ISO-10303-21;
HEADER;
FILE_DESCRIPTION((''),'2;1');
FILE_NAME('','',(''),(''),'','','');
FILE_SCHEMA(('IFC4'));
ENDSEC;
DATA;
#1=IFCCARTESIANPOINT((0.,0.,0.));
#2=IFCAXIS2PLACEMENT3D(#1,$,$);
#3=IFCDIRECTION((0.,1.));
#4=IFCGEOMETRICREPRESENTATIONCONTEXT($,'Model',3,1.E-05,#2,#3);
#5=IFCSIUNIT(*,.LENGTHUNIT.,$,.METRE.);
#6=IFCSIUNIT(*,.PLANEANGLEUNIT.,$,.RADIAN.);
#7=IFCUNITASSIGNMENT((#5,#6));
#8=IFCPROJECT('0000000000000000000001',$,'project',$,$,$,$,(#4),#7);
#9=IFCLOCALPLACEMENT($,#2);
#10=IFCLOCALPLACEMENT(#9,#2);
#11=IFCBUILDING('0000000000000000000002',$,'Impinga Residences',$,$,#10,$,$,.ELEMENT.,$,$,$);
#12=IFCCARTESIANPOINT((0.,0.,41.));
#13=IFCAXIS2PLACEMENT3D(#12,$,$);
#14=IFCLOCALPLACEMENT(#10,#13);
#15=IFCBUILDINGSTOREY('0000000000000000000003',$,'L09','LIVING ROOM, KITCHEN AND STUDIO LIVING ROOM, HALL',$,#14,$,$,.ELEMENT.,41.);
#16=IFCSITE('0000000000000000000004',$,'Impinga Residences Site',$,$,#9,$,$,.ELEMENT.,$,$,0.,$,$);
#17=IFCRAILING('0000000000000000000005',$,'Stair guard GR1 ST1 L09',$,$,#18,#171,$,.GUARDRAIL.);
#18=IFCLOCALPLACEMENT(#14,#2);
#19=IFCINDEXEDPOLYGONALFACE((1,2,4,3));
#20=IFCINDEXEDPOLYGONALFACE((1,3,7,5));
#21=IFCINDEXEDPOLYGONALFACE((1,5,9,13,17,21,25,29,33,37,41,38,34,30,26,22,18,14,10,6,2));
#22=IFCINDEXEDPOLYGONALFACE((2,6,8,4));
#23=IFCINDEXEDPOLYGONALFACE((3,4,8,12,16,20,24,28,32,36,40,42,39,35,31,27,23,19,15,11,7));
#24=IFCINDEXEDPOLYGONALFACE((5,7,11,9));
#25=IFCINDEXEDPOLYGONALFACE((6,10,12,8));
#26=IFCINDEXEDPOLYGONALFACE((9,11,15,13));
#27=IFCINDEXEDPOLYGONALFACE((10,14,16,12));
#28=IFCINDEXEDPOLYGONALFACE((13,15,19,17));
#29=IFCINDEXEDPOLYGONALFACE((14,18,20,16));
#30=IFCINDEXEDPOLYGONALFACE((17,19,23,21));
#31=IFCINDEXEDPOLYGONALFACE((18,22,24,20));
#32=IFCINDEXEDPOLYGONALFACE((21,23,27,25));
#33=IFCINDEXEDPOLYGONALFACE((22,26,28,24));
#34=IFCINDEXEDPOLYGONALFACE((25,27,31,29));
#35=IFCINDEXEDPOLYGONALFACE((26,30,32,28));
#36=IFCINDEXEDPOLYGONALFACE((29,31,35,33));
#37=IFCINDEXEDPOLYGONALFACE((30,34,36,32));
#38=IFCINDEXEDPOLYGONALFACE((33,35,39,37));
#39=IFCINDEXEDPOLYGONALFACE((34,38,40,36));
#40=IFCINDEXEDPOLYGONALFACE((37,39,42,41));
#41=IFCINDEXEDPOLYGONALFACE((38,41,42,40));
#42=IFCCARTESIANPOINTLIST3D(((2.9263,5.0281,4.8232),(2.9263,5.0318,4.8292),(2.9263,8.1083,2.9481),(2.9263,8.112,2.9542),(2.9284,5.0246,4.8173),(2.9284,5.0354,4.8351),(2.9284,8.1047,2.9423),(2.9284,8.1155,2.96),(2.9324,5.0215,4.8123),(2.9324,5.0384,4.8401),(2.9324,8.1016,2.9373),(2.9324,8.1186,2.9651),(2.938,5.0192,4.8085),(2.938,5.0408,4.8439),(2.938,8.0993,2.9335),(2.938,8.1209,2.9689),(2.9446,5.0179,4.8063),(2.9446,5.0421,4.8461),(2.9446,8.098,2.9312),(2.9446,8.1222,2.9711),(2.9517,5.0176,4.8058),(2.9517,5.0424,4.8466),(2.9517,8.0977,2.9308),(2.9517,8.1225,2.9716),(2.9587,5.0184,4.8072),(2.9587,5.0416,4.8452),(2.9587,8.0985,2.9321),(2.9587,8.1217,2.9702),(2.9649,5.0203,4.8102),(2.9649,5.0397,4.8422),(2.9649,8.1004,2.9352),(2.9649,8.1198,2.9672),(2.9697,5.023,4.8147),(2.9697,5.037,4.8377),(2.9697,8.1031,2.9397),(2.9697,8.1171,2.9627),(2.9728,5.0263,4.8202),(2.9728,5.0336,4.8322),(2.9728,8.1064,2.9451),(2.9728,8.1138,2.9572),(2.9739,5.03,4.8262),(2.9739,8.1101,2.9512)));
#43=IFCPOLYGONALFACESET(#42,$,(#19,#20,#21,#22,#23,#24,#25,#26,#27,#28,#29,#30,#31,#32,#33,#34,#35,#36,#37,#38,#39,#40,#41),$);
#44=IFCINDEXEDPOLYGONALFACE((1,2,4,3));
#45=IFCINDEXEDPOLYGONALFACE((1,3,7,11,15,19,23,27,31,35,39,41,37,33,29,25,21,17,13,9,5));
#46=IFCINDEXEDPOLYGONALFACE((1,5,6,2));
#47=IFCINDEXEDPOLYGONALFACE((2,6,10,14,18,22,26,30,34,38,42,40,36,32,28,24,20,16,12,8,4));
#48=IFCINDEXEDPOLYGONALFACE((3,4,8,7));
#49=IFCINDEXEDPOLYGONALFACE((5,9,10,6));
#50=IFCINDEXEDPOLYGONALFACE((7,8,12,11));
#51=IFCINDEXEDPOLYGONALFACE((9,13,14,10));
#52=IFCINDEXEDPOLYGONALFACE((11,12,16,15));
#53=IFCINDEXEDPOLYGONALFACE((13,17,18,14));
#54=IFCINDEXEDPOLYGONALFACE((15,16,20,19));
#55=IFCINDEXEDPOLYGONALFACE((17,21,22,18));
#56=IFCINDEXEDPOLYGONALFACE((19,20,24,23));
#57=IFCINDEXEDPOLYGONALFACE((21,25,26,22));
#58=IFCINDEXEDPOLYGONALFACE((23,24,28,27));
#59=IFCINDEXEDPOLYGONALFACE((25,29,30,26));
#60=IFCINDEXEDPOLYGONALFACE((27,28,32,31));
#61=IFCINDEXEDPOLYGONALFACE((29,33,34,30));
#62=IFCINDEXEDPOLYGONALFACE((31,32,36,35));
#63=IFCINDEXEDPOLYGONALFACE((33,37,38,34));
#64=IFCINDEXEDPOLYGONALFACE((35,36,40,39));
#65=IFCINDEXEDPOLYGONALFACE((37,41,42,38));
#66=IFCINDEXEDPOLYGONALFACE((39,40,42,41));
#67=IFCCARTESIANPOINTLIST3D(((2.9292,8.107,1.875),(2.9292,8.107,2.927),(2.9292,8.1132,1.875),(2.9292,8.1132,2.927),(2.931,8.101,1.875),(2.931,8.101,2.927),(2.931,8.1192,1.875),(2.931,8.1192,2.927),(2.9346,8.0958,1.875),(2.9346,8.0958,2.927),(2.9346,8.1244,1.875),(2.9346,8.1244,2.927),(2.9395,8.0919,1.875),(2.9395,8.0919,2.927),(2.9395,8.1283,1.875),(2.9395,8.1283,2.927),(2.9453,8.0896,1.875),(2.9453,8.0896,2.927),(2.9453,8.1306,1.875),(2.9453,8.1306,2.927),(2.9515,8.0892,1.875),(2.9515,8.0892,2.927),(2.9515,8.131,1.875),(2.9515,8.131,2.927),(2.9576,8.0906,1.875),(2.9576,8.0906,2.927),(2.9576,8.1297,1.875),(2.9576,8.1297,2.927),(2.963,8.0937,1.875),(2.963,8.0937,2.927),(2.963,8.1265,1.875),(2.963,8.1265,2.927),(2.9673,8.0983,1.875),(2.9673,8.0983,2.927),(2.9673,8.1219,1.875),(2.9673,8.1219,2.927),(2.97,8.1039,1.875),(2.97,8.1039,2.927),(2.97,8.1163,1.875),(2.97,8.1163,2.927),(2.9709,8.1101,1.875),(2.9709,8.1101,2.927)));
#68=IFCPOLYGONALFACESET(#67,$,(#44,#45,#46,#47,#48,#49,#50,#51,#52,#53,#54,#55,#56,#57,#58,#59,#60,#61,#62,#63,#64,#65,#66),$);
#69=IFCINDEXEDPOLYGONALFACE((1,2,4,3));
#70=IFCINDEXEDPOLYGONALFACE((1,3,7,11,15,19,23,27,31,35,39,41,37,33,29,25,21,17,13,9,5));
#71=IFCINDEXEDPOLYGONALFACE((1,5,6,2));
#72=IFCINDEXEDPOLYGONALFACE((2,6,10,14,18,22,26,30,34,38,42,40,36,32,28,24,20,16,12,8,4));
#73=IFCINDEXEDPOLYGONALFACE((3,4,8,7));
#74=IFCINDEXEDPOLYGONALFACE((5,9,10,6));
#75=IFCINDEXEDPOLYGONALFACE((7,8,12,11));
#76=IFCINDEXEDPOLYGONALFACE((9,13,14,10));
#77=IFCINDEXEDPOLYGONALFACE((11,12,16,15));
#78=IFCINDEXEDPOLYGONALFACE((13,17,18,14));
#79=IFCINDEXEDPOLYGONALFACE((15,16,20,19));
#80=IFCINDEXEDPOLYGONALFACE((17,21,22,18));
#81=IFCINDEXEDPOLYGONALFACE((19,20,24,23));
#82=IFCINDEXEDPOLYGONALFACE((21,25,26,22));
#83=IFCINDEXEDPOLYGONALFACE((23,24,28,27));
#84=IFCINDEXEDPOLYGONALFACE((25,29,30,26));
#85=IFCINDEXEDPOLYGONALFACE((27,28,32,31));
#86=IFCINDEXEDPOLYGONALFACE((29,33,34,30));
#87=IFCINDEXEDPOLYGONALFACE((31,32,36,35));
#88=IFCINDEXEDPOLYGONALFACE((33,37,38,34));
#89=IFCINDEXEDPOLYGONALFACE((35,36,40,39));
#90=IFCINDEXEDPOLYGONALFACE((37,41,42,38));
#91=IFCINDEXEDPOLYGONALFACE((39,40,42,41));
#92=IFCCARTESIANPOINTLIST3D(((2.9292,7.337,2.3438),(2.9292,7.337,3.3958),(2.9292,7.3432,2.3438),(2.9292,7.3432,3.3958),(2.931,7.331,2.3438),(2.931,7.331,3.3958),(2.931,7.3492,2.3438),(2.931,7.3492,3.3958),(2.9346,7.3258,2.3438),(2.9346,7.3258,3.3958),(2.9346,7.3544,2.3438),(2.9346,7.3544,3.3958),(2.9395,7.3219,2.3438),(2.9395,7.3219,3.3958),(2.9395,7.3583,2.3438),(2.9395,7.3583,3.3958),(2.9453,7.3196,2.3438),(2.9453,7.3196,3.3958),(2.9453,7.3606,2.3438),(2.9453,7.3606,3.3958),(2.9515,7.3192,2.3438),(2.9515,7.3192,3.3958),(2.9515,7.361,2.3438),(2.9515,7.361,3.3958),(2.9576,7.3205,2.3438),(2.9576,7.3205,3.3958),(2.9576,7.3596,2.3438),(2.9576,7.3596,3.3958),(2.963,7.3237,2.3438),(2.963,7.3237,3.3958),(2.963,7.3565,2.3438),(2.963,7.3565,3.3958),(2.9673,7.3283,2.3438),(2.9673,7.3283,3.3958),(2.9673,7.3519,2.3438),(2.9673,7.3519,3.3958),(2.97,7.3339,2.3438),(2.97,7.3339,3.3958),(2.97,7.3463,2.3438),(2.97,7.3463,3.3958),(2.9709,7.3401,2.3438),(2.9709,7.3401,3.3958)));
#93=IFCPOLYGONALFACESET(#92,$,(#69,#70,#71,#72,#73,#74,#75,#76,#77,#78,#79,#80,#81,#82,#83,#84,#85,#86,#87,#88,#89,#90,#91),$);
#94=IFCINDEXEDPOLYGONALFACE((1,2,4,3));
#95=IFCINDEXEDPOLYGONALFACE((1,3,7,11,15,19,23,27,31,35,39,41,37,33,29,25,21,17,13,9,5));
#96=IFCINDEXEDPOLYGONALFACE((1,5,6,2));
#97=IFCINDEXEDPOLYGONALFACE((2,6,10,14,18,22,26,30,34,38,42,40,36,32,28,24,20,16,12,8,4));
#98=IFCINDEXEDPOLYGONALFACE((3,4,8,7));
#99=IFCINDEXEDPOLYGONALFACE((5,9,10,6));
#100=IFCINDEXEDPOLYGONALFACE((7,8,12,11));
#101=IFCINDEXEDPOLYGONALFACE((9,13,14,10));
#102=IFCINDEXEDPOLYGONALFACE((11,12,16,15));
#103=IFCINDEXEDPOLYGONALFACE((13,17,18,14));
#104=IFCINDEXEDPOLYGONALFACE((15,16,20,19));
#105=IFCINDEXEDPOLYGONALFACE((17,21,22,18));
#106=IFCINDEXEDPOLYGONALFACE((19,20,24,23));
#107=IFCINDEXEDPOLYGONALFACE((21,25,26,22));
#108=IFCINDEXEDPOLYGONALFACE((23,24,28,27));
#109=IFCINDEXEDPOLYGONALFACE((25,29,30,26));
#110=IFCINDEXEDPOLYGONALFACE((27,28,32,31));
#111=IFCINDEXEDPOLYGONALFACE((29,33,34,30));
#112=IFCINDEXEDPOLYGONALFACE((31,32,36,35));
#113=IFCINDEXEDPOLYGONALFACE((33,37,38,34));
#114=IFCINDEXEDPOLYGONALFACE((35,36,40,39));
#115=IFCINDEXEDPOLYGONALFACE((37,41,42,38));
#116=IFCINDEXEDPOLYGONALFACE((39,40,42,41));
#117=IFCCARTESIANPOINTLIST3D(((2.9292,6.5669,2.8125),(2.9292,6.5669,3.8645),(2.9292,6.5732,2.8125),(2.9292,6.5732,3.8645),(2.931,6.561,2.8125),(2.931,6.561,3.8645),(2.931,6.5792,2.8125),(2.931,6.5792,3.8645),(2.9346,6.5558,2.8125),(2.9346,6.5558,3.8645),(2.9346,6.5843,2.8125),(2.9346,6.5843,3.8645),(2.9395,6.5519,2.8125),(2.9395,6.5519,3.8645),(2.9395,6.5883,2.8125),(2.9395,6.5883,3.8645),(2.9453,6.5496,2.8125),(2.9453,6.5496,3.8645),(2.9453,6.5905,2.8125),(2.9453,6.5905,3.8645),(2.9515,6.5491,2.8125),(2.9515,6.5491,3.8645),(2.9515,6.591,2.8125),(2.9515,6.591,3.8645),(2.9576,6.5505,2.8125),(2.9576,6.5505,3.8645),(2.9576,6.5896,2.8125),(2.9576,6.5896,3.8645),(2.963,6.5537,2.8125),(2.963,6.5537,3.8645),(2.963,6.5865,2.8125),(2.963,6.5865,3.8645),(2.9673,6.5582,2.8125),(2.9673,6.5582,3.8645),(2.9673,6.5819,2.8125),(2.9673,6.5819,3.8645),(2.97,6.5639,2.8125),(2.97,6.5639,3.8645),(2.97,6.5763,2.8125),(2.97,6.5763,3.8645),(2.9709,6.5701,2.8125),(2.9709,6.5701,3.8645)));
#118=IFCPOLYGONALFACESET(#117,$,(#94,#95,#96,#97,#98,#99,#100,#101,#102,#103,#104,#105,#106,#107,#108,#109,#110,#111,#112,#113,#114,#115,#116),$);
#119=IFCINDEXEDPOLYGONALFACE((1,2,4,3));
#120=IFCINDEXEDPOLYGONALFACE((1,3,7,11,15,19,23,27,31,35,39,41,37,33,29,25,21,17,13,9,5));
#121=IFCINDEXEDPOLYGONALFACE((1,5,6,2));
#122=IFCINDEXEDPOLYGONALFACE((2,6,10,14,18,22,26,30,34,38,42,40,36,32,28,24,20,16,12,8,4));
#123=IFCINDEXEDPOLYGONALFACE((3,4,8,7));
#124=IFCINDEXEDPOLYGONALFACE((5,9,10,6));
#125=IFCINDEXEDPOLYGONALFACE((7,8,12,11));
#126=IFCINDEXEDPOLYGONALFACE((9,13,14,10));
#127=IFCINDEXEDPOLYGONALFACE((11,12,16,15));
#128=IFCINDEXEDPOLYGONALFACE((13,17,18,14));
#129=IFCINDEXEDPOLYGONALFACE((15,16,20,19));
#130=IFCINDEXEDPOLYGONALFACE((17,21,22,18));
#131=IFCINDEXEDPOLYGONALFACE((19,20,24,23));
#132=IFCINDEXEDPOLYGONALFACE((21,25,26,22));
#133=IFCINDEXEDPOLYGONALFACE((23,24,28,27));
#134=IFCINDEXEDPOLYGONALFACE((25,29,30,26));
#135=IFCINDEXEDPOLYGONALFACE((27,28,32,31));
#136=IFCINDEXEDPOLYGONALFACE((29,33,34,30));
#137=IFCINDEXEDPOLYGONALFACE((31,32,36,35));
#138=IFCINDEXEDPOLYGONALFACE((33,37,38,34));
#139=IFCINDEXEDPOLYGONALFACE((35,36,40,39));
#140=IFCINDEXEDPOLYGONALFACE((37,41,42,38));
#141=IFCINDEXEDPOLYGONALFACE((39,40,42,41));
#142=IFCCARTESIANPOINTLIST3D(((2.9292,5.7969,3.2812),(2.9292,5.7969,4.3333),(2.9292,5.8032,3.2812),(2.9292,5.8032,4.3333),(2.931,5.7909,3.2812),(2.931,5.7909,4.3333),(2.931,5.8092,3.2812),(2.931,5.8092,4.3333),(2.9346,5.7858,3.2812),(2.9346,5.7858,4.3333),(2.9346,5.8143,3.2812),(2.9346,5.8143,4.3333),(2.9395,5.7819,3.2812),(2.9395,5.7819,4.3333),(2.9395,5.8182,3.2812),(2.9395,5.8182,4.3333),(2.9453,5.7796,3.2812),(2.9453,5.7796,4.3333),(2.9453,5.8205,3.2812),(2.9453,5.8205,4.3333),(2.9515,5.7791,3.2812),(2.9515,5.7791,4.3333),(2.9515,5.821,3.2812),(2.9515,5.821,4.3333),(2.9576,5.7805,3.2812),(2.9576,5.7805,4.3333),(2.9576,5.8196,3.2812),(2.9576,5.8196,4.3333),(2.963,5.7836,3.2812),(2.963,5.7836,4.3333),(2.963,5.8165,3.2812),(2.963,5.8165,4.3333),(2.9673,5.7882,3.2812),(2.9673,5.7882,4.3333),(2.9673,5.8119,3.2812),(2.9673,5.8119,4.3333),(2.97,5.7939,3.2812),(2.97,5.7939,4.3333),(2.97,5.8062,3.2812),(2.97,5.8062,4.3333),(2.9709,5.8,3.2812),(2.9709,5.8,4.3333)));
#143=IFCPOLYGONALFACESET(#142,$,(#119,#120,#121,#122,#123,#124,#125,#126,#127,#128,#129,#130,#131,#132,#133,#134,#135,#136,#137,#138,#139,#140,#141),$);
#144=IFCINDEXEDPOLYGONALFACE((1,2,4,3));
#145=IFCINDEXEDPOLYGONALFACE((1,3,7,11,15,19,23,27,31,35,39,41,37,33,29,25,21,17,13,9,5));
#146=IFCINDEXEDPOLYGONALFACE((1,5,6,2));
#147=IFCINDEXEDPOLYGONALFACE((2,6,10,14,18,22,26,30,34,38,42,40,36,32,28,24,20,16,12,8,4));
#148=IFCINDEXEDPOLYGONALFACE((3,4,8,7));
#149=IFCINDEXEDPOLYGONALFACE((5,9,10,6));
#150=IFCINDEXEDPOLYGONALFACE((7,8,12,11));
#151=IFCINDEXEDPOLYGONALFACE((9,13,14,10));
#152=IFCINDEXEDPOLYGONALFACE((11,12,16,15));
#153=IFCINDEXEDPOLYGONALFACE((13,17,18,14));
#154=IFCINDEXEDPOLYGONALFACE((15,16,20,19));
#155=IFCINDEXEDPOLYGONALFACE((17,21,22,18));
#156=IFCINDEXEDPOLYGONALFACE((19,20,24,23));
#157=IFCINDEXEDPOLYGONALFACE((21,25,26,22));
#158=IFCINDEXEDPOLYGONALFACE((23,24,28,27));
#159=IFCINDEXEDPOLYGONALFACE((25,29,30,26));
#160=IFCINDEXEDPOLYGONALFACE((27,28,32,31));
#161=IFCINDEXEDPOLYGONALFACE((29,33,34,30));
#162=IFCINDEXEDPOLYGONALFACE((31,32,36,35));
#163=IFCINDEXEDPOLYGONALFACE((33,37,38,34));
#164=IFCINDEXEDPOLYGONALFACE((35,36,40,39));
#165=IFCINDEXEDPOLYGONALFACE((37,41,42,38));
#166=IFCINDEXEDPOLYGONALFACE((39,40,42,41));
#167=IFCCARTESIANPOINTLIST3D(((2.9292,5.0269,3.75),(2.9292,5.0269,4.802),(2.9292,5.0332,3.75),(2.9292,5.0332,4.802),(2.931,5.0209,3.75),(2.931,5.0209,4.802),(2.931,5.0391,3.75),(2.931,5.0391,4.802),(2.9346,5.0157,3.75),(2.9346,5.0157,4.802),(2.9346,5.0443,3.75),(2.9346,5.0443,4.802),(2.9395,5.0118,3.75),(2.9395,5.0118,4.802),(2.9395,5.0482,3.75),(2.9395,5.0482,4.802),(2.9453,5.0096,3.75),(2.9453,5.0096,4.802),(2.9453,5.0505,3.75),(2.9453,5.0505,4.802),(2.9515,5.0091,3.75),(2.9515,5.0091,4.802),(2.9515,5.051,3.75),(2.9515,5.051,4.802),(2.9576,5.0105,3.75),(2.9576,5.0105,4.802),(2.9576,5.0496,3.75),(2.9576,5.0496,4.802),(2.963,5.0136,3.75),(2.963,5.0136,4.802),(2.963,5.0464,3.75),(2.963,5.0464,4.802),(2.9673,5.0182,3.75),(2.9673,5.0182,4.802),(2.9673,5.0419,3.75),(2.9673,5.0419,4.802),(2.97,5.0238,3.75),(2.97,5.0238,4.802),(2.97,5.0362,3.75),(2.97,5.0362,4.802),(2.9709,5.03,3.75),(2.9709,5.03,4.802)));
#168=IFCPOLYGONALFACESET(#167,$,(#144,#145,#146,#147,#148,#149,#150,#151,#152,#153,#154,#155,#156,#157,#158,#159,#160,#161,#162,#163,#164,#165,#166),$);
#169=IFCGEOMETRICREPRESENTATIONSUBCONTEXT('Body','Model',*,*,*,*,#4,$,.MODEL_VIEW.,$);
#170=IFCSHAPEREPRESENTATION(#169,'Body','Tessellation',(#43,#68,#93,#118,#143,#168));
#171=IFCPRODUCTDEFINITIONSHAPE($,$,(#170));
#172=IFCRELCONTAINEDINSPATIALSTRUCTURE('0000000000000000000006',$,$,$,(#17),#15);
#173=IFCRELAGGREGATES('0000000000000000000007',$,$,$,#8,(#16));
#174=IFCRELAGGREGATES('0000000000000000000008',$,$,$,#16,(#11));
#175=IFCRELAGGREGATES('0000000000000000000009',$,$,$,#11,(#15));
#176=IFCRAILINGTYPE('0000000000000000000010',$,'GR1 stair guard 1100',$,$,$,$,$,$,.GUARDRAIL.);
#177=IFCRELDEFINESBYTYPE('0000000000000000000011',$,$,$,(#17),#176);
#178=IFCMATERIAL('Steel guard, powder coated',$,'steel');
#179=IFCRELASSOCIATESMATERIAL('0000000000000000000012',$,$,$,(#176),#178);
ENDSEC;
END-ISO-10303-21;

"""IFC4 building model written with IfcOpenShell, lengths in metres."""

from ifc_helpers import new_model, si_unit, direction, frame, origin, origin_2d, place, context, subcontext, project, spatial, circle, extrude, material, type_object, element, save


model = new_model("IFC4")

# Units and contexts
model_context = context("Model", 3, precision=1e-05, world=origin(), true_north=direction((0.0, 1.0)))
body_context = subcontext(model_context, "Body", "Model", "MODEL_VIEW")
ifc_project = project(units=[si_unit("LENGTHUNIT", "METRE"), si_unit("PLANEANGLEUNIT", "RADIAN")], contexts=[model_context])

# Site, building, storey
site_placement = place(None, origin())
site = spatial("IfcSite", under=ifc_project, at=site_placement, Name="Impinga Residences Site", CompositionType="ELEMENT", RefElevation=0.0)
building_placement = place(site_placement, origin())
building = spatial("IfcBuilding", under=site, at=building_placement, Name="Impinga Residences", CompositionType="ELEMENT")
storey_placement = place(building_placement, frame((0.0, 0.0, 41.0)))
storey = spatial("IfcBuildingStorey", under=building, at=storey_placement, Name="L09", Description="LIVING ROOM, KITCHEN AND STUDIO LIVING ROOM, HALL", CompositionType="ELEMENT", Elevation=41.0)

# Railing
ifc_material_1 = material(Name="Steel guard, powder coated", Category="steel")
railing_type_1 = type_object("IfcRailingType", Name="GR1 stair guard 1100", PredefinedType="GUARDRAIL", material=ifc_material_1)
railing_1_placement = place(storey_placement, frame((2.95, 8.1101, 1.875)))
element("IfcRailing", 1, at=railing_1_placement, inside=storey, type_object=railing_type_1, Name="Stair guard GR1 ST1 L09", PredefinedType="GUARDRAIL", context=body_context, shape_type="SweptSolid", body=[
    extrude(circle(Radius=0.0239, at=origin_2d()), frame((0.0, 0.0, 1.0762), z_axis=(0.0, -0.854178, 0.519981), x_axis=(1.0, 0.0, 0.0)), (0.0, 0.0, 1.0), 3.606),
    extrude(circle(Radius=0.021, at=origin_2d()), origin(), (0.0, 0.0, 1.0), 1.052),
    extrude(circle(Radius=0.021, at=origin_2d()), frame((0.0, -0.77, 0.4688)), (0.0, 0.0, 1.0), 1.052),
    extrude(circle(Radius=0.021, at=origin_2d()), frame((0.0, -1.54, 0.9375)), (0.0, 0.0, 1.0), 1.052),
    extrude(circle(Radius=0.021, at=origin_2d()), frame((0.0, -2.3101, 1.4062)), (0.0, 0.0, 1.0), 1.052),
    extrude(circle(Radius=0.021, at=origin_2d()), frame((0.0, -3.0801, 1.875)), (0.0, 0.0, 1.0), 1.052),
])

save(model, "model.ifc")
